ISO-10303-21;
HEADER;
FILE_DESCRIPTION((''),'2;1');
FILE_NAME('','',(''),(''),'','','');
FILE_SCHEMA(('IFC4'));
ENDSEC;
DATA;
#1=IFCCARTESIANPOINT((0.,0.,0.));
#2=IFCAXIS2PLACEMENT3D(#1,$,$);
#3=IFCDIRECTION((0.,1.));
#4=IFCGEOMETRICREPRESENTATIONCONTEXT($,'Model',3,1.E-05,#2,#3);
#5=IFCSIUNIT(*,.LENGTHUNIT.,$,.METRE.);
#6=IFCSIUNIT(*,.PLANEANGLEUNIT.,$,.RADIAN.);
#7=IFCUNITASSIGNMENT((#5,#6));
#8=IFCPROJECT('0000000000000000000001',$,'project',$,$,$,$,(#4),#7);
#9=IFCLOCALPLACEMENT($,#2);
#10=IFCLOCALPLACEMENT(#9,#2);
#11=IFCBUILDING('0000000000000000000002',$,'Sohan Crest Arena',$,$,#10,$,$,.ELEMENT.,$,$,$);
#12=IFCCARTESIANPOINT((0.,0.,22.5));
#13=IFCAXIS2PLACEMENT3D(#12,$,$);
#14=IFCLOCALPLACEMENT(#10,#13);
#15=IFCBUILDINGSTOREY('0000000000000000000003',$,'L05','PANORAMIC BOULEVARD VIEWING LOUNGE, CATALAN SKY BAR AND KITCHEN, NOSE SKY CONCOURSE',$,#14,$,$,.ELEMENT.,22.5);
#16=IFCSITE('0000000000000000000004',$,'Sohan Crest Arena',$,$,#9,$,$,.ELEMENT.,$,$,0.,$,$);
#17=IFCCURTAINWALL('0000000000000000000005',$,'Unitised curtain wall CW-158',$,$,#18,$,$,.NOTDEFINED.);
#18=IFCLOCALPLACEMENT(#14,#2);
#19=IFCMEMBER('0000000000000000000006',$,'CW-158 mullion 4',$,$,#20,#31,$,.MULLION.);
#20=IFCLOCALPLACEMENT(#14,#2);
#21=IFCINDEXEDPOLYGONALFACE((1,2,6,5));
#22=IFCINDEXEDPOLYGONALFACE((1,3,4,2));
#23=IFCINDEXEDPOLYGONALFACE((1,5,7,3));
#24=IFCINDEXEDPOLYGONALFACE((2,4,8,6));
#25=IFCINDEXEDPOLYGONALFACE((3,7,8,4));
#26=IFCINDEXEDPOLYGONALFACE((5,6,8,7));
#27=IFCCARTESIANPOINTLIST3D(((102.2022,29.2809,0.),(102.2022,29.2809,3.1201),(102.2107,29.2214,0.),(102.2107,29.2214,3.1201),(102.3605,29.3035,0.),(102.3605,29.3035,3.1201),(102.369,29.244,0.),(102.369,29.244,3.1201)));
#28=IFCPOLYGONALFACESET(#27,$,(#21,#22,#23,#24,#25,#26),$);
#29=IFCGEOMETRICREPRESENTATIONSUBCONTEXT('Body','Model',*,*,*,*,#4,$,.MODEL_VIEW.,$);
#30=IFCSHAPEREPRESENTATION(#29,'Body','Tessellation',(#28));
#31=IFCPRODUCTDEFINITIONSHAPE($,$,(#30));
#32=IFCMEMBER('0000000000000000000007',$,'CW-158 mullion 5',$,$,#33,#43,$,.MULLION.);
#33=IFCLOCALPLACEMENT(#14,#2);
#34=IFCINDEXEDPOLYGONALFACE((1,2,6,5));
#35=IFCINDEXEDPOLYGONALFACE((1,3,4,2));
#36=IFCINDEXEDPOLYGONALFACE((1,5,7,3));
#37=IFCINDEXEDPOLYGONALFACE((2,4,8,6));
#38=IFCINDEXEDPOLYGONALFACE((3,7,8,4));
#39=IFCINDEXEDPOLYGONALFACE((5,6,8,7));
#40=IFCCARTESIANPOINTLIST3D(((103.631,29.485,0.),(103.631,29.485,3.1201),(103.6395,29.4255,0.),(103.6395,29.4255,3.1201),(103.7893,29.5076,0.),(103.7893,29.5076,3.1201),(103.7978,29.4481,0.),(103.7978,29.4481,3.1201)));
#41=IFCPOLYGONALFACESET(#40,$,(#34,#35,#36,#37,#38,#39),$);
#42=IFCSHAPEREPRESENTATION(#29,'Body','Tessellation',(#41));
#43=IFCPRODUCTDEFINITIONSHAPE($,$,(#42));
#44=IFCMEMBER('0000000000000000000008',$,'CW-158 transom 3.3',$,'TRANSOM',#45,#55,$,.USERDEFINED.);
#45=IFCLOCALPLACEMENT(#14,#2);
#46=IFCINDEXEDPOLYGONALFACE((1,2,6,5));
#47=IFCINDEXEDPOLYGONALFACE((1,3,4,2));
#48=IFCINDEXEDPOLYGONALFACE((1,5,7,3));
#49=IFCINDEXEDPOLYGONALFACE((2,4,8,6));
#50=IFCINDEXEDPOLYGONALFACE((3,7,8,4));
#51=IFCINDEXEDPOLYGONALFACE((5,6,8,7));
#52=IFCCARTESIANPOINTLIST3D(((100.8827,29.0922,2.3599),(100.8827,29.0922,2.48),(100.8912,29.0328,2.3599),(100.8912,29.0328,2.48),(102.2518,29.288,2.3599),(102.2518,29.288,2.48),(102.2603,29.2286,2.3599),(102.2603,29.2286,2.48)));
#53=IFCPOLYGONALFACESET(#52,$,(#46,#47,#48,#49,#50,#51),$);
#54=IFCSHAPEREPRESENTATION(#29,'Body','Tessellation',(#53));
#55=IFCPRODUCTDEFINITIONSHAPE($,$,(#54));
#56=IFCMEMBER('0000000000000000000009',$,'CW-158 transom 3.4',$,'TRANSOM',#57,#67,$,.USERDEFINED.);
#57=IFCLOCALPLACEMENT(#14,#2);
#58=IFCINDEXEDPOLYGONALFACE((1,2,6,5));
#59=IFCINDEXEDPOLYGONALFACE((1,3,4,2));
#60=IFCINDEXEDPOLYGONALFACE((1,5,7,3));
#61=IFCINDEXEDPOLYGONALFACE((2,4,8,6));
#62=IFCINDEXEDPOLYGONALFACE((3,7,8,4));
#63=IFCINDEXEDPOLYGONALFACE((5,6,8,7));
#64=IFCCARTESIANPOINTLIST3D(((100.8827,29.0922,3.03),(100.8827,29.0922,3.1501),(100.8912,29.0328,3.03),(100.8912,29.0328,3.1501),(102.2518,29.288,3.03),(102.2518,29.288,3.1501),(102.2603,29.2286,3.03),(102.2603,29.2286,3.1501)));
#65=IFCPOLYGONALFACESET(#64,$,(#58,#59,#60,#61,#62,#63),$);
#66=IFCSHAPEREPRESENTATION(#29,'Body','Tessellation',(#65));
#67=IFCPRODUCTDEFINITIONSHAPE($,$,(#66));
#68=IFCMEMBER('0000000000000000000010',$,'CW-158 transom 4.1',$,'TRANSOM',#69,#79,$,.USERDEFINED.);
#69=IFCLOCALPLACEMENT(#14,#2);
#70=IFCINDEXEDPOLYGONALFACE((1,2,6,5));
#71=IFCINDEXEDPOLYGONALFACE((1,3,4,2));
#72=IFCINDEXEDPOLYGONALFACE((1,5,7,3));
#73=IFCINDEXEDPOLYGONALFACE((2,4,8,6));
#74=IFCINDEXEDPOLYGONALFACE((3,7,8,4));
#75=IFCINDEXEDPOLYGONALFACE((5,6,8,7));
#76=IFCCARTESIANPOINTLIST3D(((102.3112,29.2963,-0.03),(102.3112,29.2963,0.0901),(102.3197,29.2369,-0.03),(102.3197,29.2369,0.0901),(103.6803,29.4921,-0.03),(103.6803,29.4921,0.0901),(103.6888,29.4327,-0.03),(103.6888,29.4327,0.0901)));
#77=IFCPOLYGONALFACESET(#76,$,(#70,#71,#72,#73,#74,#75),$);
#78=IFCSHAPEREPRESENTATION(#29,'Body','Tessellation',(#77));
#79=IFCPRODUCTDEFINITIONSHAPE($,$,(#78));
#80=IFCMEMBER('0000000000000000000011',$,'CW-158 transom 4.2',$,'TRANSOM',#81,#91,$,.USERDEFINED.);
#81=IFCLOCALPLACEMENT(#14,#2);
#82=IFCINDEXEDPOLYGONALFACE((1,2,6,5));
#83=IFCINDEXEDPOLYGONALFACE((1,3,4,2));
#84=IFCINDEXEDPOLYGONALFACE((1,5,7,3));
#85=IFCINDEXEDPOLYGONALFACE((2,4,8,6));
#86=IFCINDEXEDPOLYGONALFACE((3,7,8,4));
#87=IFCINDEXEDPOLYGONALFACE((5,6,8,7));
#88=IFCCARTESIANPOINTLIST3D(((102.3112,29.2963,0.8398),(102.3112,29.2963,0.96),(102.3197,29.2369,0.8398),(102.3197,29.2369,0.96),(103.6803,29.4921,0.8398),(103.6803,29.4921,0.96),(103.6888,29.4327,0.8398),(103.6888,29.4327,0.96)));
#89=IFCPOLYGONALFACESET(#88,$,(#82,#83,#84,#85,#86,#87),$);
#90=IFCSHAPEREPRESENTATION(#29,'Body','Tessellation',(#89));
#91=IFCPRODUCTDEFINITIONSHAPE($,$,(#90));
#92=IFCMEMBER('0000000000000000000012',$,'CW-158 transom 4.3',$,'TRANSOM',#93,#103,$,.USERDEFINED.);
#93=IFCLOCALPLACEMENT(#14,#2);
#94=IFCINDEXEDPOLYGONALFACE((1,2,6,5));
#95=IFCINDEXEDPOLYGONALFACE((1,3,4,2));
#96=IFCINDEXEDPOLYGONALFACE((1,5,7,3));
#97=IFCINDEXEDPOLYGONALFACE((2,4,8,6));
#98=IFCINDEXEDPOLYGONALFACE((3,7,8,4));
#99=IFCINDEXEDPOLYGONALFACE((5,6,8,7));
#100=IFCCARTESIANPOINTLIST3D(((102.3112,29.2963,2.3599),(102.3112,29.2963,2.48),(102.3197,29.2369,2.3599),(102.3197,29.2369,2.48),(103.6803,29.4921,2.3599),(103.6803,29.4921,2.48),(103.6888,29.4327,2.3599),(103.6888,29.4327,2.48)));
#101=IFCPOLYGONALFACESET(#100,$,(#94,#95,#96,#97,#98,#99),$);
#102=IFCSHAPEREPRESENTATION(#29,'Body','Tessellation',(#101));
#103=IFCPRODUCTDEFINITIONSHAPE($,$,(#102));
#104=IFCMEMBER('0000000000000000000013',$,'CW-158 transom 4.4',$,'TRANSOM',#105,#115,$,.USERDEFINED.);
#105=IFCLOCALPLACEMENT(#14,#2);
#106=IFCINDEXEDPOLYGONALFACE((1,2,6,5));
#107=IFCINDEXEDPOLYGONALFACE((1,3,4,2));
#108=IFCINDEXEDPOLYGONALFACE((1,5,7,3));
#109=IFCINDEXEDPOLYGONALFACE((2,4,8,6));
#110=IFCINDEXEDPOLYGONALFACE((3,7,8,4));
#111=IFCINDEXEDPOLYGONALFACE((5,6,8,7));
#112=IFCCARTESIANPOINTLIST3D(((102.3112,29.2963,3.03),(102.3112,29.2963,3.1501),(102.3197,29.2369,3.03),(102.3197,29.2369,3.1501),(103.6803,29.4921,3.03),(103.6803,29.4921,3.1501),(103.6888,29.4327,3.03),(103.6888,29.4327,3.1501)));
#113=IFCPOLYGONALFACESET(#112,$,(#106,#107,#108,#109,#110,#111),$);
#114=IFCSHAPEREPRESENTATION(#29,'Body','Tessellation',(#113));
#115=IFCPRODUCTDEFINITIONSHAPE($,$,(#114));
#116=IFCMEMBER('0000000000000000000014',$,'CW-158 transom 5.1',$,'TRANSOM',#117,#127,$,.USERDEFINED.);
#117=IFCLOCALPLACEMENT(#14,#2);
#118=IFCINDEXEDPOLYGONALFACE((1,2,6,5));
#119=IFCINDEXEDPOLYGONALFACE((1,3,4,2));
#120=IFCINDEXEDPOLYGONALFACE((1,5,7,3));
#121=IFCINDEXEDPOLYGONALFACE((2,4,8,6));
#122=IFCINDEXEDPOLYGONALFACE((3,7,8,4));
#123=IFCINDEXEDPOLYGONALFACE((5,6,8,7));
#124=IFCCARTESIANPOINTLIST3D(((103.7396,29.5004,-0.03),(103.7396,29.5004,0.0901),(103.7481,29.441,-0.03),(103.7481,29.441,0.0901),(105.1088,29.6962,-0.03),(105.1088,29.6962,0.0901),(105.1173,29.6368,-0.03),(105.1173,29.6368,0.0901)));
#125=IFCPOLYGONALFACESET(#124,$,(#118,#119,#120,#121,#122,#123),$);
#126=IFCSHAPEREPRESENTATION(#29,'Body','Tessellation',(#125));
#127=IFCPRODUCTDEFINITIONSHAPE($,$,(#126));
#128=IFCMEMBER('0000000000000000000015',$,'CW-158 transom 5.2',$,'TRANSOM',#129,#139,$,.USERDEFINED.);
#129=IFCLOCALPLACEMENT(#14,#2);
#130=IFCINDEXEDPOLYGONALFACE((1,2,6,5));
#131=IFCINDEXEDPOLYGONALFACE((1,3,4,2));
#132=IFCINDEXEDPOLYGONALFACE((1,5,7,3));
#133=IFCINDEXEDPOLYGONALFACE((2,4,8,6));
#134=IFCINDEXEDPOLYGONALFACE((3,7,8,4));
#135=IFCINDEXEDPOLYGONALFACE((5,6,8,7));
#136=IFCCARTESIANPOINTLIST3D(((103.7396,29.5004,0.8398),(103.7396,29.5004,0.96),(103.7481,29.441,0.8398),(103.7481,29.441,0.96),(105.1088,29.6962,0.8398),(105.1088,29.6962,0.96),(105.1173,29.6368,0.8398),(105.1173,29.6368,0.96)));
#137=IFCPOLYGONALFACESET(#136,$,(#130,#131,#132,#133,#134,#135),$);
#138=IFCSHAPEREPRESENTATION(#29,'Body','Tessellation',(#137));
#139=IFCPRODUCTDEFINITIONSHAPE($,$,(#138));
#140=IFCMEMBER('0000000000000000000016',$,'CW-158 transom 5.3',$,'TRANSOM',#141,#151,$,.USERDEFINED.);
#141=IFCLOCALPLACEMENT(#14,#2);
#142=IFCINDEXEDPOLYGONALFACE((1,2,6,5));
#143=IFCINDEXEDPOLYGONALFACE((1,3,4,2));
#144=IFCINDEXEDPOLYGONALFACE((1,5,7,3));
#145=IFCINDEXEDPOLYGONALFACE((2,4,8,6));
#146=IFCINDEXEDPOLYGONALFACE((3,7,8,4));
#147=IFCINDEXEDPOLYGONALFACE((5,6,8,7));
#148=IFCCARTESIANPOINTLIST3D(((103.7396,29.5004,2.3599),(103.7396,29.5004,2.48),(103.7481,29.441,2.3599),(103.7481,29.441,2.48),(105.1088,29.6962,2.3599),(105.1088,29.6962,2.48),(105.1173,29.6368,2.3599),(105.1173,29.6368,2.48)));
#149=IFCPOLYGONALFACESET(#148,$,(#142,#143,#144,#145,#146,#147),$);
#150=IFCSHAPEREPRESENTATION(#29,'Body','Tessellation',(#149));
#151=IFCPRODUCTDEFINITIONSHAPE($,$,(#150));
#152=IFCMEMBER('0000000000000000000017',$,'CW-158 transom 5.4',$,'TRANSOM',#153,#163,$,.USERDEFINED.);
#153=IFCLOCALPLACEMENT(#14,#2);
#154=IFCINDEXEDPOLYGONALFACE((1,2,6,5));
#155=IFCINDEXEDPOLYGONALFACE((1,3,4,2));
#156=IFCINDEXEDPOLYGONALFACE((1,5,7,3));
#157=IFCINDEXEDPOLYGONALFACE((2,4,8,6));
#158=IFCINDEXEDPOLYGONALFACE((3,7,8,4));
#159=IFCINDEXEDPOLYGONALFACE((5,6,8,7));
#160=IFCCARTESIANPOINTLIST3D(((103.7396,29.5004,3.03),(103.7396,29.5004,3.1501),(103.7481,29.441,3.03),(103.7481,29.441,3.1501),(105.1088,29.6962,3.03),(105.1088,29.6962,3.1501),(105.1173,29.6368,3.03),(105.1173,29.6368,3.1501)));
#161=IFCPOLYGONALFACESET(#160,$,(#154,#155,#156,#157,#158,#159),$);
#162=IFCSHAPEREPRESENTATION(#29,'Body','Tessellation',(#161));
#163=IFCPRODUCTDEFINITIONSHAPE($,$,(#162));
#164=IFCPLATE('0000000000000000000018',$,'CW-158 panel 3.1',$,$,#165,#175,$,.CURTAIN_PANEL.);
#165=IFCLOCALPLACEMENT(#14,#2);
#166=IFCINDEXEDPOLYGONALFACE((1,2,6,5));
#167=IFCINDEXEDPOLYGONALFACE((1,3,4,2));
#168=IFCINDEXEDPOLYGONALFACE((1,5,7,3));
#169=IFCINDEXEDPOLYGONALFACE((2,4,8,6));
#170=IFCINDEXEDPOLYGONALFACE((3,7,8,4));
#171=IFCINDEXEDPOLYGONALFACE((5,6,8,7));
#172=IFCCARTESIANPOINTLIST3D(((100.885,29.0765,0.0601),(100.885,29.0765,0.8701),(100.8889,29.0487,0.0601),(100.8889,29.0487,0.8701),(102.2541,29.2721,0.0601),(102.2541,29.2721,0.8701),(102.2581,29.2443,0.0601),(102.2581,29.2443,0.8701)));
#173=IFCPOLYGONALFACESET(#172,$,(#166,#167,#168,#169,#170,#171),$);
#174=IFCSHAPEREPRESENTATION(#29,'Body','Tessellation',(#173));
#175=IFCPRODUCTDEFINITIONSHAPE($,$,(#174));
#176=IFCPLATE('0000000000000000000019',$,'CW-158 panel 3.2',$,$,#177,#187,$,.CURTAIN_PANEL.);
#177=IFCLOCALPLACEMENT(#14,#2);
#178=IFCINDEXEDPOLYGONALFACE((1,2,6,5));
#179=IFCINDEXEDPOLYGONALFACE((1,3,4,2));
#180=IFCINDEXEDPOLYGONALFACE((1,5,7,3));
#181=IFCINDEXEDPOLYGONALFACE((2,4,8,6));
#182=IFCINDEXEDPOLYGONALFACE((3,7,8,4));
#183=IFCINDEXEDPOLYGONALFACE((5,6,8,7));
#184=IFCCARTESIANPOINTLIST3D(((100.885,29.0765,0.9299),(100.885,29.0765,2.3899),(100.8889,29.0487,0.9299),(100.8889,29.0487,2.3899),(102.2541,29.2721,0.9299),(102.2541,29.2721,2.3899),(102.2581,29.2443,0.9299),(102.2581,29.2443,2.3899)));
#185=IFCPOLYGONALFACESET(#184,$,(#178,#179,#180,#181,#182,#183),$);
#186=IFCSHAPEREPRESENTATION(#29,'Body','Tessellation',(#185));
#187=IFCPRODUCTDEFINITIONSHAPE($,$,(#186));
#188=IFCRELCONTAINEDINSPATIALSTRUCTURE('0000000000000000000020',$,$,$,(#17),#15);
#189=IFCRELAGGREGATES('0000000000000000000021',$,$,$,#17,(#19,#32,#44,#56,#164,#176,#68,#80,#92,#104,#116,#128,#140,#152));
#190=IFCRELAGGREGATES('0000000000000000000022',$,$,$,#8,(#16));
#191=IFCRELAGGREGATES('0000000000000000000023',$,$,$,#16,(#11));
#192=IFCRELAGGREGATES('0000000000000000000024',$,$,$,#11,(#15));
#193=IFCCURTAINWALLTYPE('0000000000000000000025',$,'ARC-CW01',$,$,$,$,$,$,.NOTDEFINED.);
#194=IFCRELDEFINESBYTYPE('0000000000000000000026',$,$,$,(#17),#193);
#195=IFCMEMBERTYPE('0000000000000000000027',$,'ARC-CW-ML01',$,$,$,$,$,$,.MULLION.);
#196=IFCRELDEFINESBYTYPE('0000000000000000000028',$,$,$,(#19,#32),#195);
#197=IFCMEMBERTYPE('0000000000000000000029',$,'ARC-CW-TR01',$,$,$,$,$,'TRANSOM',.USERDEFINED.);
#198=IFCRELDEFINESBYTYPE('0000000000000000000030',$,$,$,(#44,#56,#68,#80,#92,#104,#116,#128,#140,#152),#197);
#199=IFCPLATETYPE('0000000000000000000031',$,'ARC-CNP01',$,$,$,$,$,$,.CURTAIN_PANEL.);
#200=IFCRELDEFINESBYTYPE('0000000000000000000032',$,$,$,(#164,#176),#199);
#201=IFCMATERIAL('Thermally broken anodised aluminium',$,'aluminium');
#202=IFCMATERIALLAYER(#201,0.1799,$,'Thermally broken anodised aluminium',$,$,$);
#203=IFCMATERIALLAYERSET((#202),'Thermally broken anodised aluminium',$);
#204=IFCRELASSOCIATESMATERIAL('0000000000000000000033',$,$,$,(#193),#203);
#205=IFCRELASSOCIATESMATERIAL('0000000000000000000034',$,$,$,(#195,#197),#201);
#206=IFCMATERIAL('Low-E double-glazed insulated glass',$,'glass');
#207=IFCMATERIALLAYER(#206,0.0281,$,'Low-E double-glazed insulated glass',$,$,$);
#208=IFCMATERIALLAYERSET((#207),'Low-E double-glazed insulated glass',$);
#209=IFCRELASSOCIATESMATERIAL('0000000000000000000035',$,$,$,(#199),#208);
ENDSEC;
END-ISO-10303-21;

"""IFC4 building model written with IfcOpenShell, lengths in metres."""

from ifc_helpers import new_model, si_unit, direction, frame, origin, origin_2d, place, context, subcontext, project, spatial, rectangle, extrude, material, layer, layer_set, material_profile, profile_set, type_object, element, aggregate, save


model = new_model("IFC4")

# Units and contexts
model_context = context("Model", 3, precision=1e-05, world=origin(), true_north=direction((0.0, 1.0)))
body_context = subcontext(model_context, "Body", "Model", "MODEL_VIEW")
ifc_project = project(units=[si_unit("LENGTHUNIT", "METRE"), si_unit("PLANEANGLEUNIT", "RADIAN")], contexts=[model_context])

# Site, building, storey
site_placement = place(None, origin())
site = spatial("IfcSite", under=ifc_project, at=site_placement, Name="Sohan Crest Arena", CompositionType="ELEMENT", RefElevation=0.0)
building_placement = place(site_placement, origin())
building = spatial("IfcBuilding", under=site, at=building_placement, Name="Sohan Crest Arena", CompositionType="ELEMENT")
storey_placement = place(building_placement, frame((0.0, 0.0, 22.5)))
storey = spatial("IfcBuildingStorey", under=building, at=storey_placement, Name="L05", Description="PANORAMIC BOULEVARD VIEWING LOUNGE, CATALAN SKY BAR AND KITCHEN, NOSE SKY CONCOURSE", CompositionType="ELEMENT", Elevation=22.5)

# Curtain wall, members, plates
ifc_material_1 = material(Name="Thermally broken anodised aluminium", Category="aluminium")
ifc_layer_1 = layer(ifc_material_1, 0.1799, Name="Thermally broken anodised aluminium")
ifc_layer_set_1 = layer_set([ifc_layer_1], Name="Thermally broken anodised aluminium")
curtain_wall_type = type_object("IfcCurtainWallType", Name="ARC-CW01", PredefinedType="NOTDEFINED", material=ifc_layer_set_1)
curtain_wall_placement = place(storey_placement, origin())
curtain_wall = element("IfcCurtainWall", 1, at=curtain_wall_placement, inside=storey, type_object=curtain_wall_type, Name="Unitised curtain wall CW-158", PredefinedType="NOTDEFINED")
ifc_material_profile_1 = material_profile(ifc_material_1, rectangle(XDim=0.0601, YDim=0.1599, at=origin_2d()), Name="ALU-MULL 60x160")
ifc_profile_set_1 = profile_set([ifc_material_profile_1], Name="Thermally broken anodised aluminium")
member_type_1 = type_object("IfcMemberType", Name="ARC-CW-ML01", PredefinedType="MULLION", material=ifc_profile_set_1)
member_1_placement = place(storey_placement, frame((102.2856, 29.2625, 0.0), z_axis=(0.0, 0.0, 1.0), x_axis=(-0.141463, 0.989944, 0.0)))
member_1 = element("IfcMember", 2, at=member_1_placement, type_object=member_type_1, Name="CW-158 mullion 4", PredefinedType="MULLION", context=body_context, shape_type="SweptSolid", body=[
    extrude(rectangle(XDim=0.0601, YDim=0.1599, at=origin_2d()), origin(), (0.0, 0.0, 1.0), 3.1201),
])
member_2_placement = place(storey_placement, frame((103.7144, 29.4666, 0.0), z_axis=(0.0, 0.0, 1.0), x_axis=(-0.141463, 0.989944, 0.0)))
member_2 = element("IfcMember", 3, at=member_2_placement, type_object=member_type_1, Name="CW-158 mullion 5", PredefinedType="MULLION", context=body_context, shape_type="SweptSolid", body=[
    extrude(rectangle(XDim=0.0601, YDim=0.1599, at=origin_2d()), origin(), (0.0, 0.0, 1.0), 3.1201),
])
ifc_material_profile_2 = material_profile(ifc_material_1, rectangle(XDim=0.0601, YDim=0.1201, at=origin_2d()), Name="ALU-TRAN 60x120")
ifc_profile_set_2 = profile_set([ifc_material_profile_2], Name="Thermally broken anodised aluminium")
member_type_2 = type_object("IfcMemberType", Name="ARC-CW-TR01", ElementType="TRANSOM", PredefinedType="USERDEFINED", material=ifc_profile_set_2)
member_3_placement = place(storey_placement, frame((100.887, 29.0625, 2.4199), z_axis=(0.989928, 0.14157, 0.0), x_axis=(-0.14157, 0.989928, 0.0)))
member_3 = element("IfcMember", 4, at=member_3_placement, type_object=member_type_2, Name="CW-158 transom 3.3", ObjectType="TRANSOM", PredefinedType="USERDEFINED", context=body_context, shape_type="SweptSolid", body=[
    extrude(rectangle(XDim=0.0601, YDim=0.1201, at=origin_2d()), origin(), (0.0, 0.0, 1.0), 1.3831),
])
member_4_placement = place(storey_placement, frame((100.887, 29.0625, 3.0901), z_axis=(0.989928, 0.14157, 0.0), x_axis=(-0.14157, 0.989928, 0.0)))
member_4 = element("IfcMember", 5, at=member_4_placement, type_object=member_type_2, Name="CW-158 transom 3.4", ObjectType="TRANSOM", PredefinedType="USERDEFINED", context=body_context, shape_type="SweptSolid", body=[
    extrude(rectangle(XDim=0.0601, YDim=0.1201, at=origin_2d()), origin(), (0.0, 0.0, 1.0), 1.3831),
])
member_5_placement = place(storey_placement, frame((102.3154, 29.2666, 0.03), z_axis=(0.989928, 0.14157, 0.0), x_axis=(-0.14157, 0.989928, 0.0)))
member_5 = element("IfcMember", 6, at=member_5_placement, type_object=member_type_2, Name="CW-158 transom 4.1", ObjectType="TRANSOM", PredefinedType="USERDEFINED", context=body_context, shape_type="SweptSolid", body=[
    extrude(rectangle(XDim=0.0601, YDim=0.1201, at=origin_2d()), origin(), (0.0, 0.0, 1.0), 1.3831),
])
member_6_placement = place(storey_placement, frame((102.3154, 29.2666, 0.8999), z_axis=(0.989928, 0.14157, 0.0), x_axis=(-0.14157, 0.989928, 0.0)))
member_6 = element("IfcMember", 7, at=member_6_placement, type_object=member_type_2, Name="CW-158 transom 4.2", ObjectType="TRANSOM", PredefinedType="USERDEFINED", context=body_context, shape_type="SweptSolid", body=[
    extrude(rectangle(XDim=0.0601, YDim=0.1201, at=origin_2d()), origin(), (0.0, 0.0, 1.0), 1.3831),
])
member_7_placement = place(storey_placement, frame((102.3154, 29.2666, 2.4199), z_axis=(0.989928, 0.14157, 0.0), x_axis=(-0.14157, 0.989928, 0.0)))
member_7 = element("IfcMember", 8, at=member_7_placement, type_object=member_type_2, Name="CW-158 transom 4.3", ObjectType="TRANSOM", PredefinedType="USERDEFINED", context=body_context, shape_type="SweptSolid", body=[
    extrude(rectangle(XDim=0.0601, YDim=0.1201, at=origin_2d()), origin(), (0.0, 0.0, 1.0), 1.3831),
])
member_8_placement = place(storey_placement, frame((102.3154, 29.2666, 3.0901), z_axis=(0.989928, 0.14157, 0.0), x_axis=(-0.14157, 0.989928, 0.0)))
member_8 = element("IfcMember", 9, at=member_8_placement, type_object=member_type_2, Name="CW-158 transom 4.4", ObjectType="TRANSOM", PredefinedType="USERDEFINED", context=body_context, shape_type="SweptSolid", body=[
    extrude(rectangle(XDim=0.0601, YDim=0.1201, at=origin_2d()), origin(), (0.0, 0.0, 1.0), 1.3831),
])
member_9_placement = place(storey_placement, frame((103.7439, 29.4707, 0.03), z_axis=(0.989928, 0.14157, 0.0), x_axis=(-0.14157, 0.989928, 0.0)))
member_9 = element("IfcMember", 10, at=member_9_placement, type_object=member_type_2, Name="CW-158 transom 5.1", ObjectType="TRANSOM", PredefinedType="USERDEFINED", context=body_context, shape_type="SweptSolid", body=[
    extrude(rectangle(XDim=0.0601, YDim=0.1201, at=origin_2d()), origin(), (0.0, 0.0, 1.0), 1.3831),
])
member_10_placement = place(storey_placement, frame((103.7439, 29.4707, 0.8999), z_axis=(0.989928, 0.14157, 0.0), x_axis=(-0.14157, 0.989928, 0.0)))
member_10 = element("IfcMember", 11, at=member_10_placement, type_object=member_type_2, Name="CW-158 transom 5.2", ObjectType="TRANSOM", PredefinedType="USERDEFINED", context=body_context, shape_type="SweptSolid", body=[
    extrude(rectangle(XDim=0.0601, YDim=0.1201, at=origin_2d()), origin(), (0.0, 0.0, 1.0), 1.3831),
])
member_11_placement = place(storey_placement, frame((103.7439, 29.4707, 2.4199), z_axis=(0.989928, 0.14157, 0.0), x_axis=(-0.14157, 0.989928, 0.0)))
member_11 = element("IfcMember", 12, at=member_11_placement, type_object=member_type_2, Name="CW-158 transom 5.3", ObjectType="TRANSOM", PredefinedType="USERDEFINED", context=body_context, shape_type="SweptSolid", body=[
    extrude(rectangle(XDim=0.0601, YDim=0.1201, at=origin_2d()), origin(), (0.0, 0.0, 1.0), 1.3831),
])
member_12_placement = place(storey_placement, frame((103.7439, 29.4707, 3.0901), z_axis=(0.989928, 0.14157, 0.0), x_axis=(-0.14157, 0.989928, 0.0)))
member_12 = element("IfcMember", 13, at=member_12_placement, type_object=member_type_2, Name="CW-158 transom 5.4", ObjectType="TRANSOM", PredefinedType="USERDEFINED", context=body_context, shape_type="SweptSolid", body=[
    extrude(rectangle(XDim=0.0601, YDim=0.1201, at=origin_2d()), origin(), (0.0, 0.0, 1.0), 1.3831),
])
ifc_material_2 = material(Name="Low-E double-glazed insulated glass", Category="glass")
ifc_layer_2 = layer(ifc_material_2, 0.0281, Name="Low-E double-glazed insulated glass")
ifc_layer_set_2 = layer_set([ifc_layer_2], Name="Low-E double-glazed insulated glass")
plate_type = type_object("IfcPlateType", Name="ARC-CNP01", PredefinedType="CURTAIN_PANEL", material=ifc_layer_set_2)
plate_1_placement = place(storey_placement, frame((101.5715, 29.1604, 0.0601), z_axis=(0.0, 0.0, 1.0), x_axis=(0.989944, 0.141463, 0.0)))
plate_1 = element("IfcPlate", 14, at=plate_1_placement, type_object=plate_type, Name="CW-158 panel 3.1", PredefinedType="CURTAIN_PANEL", context=body_context, shape_type="SweptSolid", body=[
    extrude(rectangle(XDim=1.3831, YDim=0.0281, at=origin_2d()), origin(), (0.0, 0.0, 1.0), 0.8101),
])
plate_2_placement = place(storey_placement, frame((101.5715, 29.1604, 0.9299), z_axis=(0.0, 0.0, 1.0), x_axis=(0.989944, 0.141463, 0.0)))
plate_2 = element("IfcPlate", 15, at=plate_2_placement, type_object=plate_type, Name="CW-158 panel 3.2", PredefinedType="CURTAIN_PANEL", context=body_context, shape_type="SweptSolid", body=[
    extrude(rectangle(XDim=1.3831, YDim=0.0281, at=origin_2d()), origin(), (0.0, 0.0, 1.0), 1.46),
])
aggregate(curtain_wall, [member_1, member_2, member_3, member_4, plate_1, plate_2, member_5, member_6, member_7, member_8, member_9, member_10, member_11, member_12])

save(model, "model.ifc")
